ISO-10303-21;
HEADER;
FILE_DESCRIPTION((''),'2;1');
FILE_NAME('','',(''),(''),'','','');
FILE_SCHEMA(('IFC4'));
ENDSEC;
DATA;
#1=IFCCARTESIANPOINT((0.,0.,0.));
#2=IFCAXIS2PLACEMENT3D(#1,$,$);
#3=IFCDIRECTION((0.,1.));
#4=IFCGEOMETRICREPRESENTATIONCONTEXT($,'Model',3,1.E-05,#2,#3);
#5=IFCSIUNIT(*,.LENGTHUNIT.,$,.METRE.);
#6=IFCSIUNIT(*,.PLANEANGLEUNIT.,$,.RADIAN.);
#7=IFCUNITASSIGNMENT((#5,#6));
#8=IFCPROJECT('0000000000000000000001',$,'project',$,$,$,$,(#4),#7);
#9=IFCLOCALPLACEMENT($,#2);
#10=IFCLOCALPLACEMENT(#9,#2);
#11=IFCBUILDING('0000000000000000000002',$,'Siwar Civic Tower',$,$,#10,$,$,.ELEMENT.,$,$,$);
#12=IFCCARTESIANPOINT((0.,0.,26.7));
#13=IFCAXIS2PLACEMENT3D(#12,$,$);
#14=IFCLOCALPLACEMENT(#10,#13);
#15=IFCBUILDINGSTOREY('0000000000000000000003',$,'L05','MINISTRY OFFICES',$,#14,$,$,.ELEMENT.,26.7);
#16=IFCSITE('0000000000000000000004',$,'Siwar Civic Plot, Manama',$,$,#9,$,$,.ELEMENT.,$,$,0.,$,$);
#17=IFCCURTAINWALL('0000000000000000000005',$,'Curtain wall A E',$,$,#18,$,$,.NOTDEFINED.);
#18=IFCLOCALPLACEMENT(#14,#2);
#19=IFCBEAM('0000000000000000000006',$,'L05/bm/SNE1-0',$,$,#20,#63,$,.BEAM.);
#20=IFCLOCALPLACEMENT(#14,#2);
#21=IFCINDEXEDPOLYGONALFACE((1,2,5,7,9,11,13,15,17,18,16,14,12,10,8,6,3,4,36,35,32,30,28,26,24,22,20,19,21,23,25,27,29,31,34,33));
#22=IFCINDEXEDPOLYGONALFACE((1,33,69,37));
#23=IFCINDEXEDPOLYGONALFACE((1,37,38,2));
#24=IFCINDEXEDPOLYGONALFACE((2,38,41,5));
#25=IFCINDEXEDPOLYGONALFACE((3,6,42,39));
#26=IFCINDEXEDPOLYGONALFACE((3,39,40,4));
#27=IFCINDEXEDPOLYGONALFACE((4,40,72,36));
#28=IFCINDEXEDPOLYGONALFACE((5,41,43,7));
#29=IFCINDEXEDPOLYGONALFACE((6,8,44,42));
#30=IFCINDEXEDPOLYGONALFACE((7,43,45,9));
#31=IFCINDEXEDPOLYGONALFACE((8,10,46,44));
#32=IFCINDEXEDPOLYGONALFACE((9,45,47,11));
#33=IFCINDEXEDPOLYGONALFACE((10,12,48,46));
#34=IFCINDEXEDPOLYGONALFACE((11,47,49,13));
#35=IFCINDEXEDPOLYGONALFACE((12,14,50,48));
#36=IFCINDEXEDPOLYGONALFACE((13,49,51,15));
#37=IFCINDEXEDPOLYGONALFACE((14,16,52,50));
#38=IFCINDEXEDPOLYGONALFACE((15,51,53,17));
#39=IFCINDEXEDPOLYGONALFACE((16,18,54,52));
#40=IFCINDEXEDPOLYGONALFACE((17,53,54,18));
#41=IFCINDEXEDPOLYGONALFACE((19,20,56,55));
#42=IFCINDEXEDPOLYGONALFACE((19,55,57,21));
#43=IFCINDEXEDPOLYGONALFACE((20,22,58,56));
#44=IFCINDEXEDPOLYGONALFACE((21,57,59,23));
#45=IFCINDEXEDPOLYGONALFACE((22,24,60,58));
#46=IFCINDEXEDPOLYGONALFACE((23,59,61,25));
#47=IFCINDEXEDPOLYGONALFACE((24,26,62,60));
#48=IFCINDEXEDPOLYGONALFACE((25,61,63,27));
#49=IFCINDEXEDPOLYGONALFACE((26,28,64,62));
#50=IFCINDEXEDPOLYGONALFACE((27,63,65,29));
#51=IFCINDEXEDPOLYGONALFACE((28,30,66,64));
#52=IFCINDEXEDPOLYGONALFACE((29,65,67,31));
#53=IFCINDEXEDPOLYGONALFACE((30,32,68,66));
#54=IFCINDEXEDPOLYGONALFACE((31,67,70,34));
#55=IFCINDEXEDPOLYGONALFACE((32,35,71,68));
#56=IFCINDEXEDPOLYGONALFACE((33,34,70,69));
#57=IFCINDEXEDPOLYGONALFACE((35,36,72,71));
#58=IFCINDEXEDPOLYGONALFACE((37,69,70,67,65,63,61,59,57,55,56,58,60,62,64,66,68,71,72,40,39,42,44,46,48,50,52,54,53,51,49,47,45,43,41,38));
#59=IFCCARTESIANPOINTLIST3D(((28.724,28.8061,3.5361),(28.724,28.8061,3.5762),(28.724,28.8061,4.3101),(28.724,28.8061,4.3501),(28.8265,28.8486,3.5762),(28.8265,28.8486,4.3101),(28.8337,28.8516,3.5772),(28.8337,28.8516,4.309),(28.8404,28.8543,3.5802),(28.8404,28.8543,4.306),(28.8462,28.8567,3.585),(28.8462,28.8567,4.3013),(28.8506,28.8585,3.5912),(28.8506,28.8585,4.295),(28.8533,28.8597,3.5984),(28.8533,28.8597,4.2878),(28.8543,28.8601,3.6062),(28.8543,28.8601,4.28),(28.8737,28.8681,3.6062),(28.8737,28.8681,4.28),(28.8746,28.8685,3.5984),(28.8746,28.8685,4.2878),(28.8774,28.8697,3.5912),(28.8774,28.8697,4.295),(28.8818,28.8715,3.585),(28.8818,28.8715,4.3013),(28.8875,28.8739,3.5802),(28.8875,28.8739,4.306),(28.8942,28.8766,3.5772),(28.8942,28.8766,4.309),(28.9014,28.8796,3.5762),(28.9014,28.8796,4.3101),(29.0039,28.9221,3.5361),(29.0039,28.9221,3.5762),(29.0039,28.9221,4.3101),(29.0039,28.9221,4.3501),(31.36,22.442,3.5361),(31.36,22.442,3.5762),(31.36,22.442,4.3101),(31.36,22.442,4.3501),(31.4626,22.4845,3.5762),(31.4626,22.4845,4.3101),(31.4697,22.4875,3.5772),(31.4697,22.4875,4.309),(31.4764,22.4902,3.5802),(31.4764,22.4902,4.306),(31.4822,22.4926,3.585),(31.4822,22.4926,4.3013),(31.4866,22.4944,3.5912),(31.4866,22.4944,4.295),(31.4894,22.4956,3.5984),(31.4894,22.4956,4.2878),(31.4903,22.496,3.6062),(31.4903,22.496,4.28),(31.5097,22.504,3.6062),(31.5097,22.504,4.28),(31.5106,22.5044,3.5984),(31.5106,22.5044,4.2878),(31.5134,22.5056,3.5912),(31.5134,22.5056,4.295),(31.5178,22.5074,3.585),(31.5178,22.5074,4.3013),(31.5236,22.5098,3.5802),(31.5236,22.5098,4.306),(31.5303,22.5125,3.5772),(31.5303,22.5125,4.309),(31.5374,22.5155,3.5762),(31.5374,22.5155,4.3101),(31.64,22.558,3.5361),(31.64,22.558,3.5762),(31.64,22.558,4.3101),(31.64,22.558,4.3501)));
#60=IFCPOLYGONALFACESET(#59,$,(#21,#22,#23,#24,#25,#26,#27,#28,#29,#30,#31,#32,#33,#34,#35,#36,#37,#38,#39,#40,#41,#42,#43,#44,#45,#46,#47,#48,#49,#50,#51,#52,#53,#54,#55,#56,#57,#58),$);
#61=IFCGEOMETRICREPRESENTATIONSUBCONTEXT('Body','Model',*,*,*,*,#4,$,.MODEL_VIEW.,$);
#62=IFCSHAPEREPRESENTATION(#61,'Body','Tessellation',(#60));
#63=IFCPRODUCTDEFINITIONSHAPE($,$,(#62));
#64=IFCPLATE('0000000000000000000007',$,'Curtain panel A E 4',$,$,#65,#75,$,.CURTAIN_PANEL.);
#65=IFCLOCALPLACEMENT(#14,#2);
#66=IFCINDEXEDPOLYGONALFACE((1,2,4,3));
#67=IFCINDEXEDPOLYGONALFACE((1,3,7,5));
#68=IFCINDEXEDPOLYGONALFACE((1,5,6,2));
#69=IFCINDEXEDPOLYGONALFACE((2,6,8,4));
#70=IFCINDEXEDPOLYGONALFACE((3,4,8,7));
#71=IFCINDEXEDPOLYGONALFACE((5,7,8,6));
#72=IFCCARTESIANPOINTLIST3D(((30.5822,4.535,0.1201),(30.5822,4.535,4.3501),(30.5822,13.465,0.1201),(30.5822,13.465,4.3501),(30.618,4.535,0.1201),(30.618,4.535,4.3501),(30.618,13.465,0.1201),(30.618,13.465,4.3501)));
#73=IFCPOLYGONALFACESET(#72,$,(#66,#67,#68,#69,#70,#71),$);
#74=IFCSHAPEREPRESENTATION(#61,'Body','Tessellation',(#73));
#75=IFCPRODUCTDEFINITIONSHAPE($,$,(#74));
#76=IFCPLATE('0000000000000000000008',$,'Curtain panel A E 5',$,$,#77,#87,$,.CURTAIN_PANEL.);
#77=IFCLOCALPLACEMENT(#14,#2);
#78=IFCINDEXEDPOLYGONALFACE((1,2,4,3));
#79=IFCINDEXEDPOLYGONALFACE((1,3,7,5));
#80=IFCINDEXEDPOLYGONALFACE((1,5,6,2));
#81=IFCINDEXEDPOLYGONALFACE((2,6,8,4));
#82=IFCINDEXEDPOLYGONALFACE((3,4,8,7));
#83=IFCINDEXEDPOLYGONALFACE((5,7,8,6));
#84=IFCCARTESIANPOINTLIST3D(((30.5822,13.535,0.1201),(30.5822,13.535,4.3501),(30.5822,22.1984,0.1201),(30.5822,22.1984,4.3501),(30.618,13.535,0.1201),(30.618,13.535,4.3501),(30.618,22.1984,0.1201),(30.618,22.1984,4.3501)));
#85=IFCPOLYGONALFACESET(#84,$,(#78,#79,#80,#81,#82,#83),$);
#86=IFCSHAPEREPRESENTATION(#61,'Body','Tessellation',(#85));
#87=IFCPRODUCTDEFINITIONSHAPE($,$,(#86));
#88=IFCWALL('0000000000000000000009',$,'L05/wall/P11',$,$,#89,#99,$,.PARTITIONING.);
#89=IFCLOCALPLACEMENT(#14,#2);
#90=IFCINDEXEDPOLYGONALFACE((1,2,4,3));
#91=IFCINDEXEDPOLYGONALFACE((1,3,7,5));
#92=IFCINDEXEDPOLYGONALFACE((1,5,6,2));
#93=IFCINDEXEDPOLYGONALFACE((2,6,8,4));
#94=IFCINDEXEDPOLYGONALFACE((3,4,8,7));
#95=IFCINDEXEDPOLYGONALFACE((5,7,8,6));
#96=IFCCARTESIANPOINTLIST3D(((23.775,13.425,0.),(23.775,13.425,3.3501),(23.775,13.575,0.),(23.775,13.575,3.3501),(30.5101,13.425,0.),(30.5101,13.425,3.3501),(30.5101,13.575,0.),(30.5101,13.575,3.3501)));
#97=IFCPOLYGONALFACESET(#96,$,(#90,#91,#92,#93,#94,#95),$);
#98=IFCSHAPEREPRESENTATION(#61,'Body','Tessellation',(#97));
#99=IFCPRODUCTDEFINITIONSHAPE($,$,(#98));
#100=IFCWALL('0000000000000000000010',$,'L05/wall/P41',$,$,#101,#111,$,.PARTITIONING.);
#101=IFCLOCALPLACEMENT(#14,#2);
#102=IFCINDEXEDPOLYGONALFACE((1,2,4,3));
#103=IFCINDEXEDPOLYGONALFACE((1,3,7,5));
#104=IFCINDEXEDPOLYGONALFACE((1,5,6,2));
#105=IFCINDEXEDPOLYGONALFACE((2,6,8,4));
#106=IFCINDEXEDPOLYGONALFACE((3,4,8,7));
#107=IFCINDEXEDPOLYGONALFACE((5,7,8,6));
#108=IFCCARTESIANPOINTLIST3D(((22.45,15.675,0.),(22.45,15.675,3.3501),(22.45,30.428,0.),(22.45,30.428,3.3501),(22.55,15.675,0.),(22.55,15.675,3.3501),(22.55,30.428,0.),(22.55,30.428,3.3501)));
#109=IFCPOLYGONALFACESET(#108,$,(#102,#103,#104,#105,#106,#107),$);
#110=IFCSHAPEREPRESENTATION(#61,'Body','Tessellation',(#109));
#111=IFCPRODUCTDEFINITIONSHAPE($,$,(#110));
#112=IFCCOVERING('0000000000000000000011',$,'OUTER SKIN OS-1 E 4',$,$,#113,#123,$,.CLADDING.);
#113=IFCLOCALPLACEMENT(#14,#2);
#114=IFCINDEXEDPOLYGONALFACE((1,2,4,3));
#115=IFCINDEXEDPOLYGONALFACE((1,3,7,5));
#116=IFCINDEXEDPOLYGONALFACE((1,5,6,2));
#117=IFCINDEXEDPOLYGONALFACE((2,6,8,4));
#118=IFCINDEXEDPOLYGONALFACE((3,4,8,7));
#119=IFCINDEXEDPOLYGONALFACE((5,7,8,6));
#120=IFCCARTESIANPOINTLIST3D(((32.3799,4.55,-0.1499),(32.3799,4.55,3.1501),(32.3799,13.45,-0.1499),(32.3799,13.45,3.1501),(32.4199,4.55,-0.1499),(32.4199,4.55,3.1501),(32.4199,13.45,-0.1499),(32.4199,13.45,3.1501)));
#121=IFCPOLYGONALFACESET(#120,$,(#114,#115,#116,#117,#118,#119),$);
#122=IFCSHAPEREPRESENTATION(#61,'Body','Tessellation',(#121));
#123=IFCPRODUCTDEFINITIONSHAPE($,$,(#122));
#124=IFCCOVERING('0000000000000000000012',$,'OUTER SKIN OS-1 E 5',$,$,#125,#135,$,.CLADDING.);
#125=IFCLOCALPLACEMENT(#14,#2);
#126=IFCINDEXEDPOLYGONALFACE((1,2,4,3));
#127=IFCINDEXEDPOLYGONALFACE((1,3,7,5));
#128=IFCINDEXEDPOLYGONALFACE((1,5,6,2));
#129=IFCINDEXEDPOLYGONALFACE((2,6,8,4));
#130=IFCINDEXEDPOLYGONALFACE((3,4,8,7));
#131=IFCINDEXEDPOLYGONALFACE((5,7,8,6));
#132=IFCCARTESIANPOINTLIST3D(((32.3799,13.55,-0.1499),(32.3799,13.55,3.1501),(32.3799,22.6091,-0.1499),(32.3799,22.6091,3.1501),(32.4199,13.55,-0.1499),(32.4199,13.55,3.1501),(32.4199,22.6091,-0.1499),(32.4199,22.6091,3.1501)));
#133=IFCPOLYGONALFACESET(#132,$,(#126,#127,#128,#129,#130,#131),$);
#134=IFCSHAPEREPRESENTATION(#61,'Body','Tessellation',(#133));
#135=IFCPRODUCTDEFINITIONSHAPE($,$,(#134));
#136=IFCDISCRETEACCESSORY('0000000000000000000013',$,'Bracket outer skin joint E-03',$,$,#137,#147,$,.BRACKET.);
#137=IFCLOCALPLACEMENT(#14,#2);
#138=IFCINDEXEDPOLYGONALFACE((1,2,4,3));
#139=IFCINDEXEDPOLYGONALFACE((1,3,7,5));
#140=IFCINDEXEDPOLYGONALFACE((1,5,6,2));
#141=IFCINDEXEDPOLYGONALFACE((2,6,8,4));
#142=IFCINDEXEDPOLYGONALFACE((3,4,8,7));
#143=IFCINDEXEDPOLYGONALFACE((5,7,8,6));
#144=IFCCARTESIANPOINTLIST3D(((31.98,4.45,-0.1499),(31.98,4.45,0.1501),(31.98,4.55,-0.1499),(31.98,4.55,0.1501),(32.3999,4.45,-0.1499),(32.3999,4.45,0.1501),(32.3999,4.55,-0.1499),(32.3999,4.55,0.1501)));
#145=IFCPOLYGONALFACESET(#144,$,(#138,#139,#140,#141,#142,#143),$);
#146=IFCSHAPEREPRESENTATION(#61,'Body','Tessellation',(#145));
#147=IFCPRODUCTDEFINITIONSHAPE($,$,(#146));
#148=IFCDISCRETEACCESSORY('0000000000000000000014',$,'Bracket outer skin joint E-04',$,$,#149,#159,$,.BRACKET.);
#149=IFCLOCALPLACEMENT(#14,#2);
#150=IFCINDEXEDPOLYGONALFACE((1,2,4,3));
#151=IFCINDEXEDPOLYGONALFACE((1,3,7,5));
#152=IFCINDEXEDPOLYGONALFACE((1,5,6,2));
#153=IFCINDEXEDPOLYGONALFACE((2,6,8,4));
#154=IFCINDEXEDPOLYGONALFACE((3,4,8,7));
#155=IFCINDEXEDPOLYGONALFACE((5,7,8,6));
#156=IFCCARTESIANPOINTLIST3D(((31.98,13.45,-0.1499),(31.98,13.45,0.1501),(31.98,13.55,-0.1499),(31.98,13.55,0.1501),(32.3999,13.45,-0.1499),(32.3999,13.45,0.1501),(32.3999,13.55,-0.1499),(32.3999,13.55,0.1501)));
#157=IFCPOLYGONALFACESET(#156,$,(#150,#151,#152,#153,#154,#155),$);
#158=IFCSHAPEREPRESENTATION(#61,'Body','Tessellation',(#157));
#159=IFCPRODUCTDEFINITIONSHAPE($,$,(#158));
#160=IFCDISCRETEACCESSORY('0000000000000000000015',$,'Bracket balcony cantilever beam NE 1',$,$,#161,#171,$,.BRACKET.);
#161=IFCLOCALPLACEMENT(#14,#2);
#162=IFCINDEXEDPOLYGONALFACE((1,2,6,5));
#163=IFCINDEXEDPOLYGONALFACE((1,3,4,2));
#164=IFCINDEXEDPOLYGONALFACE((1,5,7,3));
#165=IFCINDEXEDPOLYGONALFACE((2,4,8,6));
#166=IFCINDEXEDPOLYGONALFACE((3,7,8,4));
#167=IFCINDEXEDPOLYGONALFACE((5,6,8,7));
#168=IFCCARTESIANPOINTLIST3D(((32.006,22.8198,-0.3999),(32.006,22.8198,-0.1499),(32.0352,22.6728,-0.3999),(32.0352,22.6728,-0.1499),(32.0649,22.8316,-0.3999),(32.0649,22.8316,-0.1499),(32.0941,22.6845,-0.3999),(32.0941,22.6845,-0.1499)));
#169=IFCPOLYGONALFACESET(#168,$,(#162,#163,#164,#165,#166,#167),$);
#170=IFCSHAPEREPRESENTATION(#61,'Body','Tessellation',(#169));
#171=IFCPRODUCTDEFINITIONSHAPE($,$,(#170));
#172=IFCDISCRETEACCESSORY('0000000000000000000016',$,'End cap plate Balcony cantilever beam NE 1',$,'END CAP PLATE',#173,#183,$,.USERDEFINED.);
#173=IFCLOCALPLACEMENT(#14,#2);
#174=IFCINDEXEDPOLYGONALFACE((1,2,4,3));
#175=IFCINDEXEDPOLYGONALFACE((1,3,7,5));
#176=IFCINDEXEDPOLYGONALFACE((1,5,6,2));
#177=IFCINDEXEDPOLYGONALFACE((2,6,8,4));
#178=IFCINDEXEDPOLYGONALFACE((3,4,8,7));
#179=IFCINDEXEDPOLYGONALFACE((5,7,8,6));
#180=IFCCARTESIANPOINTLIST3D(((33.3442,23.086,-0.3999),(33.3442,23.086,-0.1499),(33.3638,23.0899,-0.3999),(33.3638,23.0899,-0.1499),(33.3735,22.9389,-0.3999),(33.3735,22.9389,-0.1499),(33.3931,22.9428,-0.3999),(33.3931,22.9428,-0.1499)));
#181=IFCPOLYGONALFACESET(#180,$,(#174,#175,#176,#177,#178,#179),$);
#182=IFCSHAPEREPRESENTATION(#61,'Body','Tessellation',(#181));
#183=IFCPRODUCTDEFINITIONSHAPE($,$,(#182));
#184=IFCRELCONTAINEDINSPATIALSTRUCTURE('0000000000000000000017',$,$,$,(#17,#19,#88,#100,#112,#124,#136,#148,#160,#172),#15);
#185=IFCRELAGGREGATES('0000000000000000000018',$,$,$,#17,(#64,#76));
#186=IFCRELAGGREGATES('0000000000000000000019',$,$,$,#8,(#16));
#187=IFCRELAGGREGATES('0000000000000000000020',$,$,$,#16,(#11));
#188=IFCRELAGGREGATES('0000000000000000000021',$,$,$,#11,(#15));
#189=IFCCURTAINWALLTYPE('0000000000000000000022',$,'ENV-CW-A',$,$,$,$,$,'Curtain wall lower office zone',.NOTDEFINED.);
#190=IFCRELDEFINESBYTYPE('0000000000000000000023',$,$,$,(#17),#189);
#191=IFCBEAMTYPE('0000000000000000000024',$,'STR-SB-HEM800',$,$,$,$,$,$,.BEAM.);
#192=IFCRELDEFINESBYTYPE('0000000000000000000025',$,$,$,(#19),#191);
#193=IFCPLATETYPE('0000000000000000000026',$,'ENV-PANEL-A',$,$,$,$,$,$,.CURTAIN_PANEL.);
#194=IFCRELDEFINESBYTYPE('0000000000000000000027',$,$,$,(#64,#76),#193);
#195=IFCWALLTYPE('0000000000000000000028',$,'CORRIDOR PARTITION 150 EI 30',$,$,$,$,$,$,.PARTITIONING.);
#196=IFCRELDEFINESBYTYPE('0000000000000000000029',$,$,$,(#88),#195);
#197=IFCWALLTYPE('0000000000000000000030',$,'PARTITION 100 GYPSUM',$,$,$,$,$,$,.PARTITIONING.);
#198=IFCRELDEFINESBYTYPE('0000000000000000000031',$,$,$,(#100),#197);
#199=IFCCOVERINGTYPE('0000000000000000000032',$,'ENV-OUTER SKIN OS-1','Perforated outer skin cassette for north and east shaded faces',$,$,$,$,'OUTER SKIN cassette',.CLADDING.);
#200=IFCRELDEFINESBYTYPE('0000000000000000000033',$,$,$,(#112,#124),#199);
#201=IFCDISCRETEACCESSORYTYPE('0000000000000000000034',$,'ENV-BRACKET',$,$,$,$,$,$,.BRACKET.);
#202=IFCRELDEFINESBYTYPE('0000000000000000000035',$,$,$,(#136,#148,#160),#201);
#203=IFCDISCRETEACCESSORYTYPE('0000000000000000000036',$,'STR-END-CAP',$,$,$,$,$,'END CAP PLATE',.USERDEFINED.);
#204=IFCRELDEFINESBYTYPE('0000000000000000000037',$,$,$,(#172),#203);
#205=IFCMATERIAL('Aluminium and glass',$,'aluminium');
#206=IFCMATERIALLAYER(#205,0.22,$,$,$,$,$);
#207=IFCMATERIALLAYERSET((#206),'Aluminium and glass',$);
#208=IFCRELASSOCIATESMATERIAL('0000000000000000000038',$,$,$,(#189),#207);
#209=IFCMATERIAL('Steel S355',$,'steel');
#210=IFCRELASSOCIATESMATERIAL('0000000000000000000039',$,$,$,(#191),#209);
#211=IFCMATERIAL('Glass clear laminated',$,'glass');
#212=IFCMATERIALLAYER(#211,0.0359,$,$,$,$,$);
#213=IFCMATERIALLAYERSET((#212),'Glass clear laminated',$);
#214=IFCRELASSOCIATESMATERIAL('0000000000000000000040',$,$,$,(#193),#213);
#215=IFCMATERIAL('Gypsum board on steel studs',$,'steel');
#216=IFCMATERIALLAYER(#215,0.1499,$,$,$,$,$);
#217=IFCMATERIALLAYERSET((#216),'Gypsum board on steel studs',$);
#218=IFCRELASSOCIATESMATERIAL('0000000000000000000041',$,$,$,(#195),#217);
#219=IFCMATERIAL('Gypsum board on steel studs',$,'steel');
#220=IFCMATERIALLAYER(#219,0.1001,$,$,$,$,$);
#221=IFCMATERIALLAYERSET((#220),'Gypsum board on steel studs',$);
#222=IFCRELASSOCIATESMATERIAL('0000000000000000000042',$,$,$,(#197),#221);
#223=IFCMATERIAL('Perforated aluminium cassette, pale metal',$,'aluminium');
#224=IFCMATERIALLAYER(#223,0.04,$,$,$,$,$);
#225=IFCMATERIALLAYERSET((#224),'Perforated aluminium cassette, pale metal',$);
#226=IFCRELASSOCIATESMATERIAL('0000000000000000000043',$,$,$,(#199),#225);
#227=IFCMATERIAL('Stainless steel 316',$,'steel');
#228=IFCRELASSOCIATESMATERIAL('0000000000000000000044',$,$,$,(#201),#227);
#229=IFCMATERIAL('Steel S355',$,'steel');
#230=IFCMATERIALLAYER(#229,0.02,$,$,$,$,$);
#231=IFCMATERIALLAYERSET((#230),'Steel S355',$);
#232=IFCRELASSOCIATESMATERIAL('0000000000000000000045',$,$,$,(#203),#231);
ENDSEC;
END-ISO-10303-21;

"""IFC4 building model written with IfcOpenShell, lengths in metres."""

from ifc_helpers import new_model, si_unit, direction, frame, frame_2d, origin, origin_2d, place, context, subcontext, project, spatial, rectangle, i_section, extrude, material, layer, layer_set, material_profile, profile_set, type_object, element, aggregate, save


model = new_model("IFC4")

# Units and contexts
model_context = context("Model", 3, precision=1e-05, world=origin(), true_north=direction((0.0, 1.0)))
body_context = subcontext(model_context, "Body", "Model", "MODEL_VIEW")
ifc_project = project(units=[si_unit("LENGTHUNIT", "METRE"), si_unit("PLANEANGLEUNIT", "RADIAN")], contexts=[model_context])

# Site, building, storey
site_placement = place(None, origin())
site = spatial("IfcSite", under=ifc_project, at=site_placement, Name="Siwar Civic Plot, Manama", CompositionType="ELEMENT", RefElevation=0.0)
building_placement = place(site_placement, origin())
building = spatial("IfcBuilding", under=site, at=building_placement, Name="Siwar Civic Tower", CompositionType="ELEMENT")
storey_placement = place(building_placement, frame((0.0, 0.0, 26.7)))
storey = spatial("IfcBuildingStorey", under=building, at=storey_placement, Name="L05", Description="MINISTRY OFFICES", CompositionType="ELEMENT", Elevation=26.7)

# Curtain wall
ifc_material_1 = material(Name="Aluminium and glass", Category="aluminium")
ifc_layer_1 = layer(ifc_material_1, 0.22)
ifc_layer_set_1 = layer_set([ifc_layer_1], Name="Aluminium and glass")
curtain_wall_type_1 = type_object("IfcCurtainWallType", Name="ENV-CW-A", ElementType="Curtain wall lower office zone", PredefinedType="NOTDEFINED", material=ifc_layer_set_1)
curtain_wall_1_placement = place(storey_placement, origin())
curtain_wall_1 = element("IfcCurtainWall", 1, at=curtain_wall_1_placement, inside=storey, type_object=curtain_wall_type_1, Name="Curtain wall A E", PredefinedType="NOTDEFINED")

# Beam
ifc_material_2 = material(Name="Steel S355", Category="steel")
ifc_material_profile_1 = material_profile(ifc_material_2, i_section(OverallWidth=0.303, OverallDepth=0.814, WebThickness=0.021, FlangeThickness=0.04, FilletRadius=0.03, at=origin_2d()), Name="HEM800")
ifc_profile_set_1 = profile_set([ifc_material_profile_1], Name="Steel S355")
beam_type_1 = type_object("IfcBeamType", Name="STR-SB-HEM800", PredefinedType="BEAM", material=ifc_profile_set_1)
beam_1_placement = place(storey_placement, frame((31.5, 22.5, 3.9431), z_axis=(-0.382674, 0.923883, 0.0), x_axis=(-0.923883, -0.382674, 0.0)))
element("IfcBeam", 2, at=beam_1_placement, inside=storey, type_object=beam_type_1, Name="L05/bm/SNE1-0", PredefinedType="BEAM", context=body_context, shape_type="SweptSolid", body=[
    extrude(i_section(OverallWidth=0.303, OverallDepth=0.814, WebThickness=0.021, FlangeThickness=0.04, FilletRadius=0.03, at=origin_2d()), origin(), (0.0, 0.0, 1.0), 6.8884),
])

# Plates
ifc_material_3 = material(Name="Glass clear laminated", Category="glass")
ifc_layer_2 = layer(ifc_material_3, 0.0359)
ifc_layer_set_2 = layer_set([ifc_layer_2], Name="Glass clear laminated")
plate_type = type_object("IfcPlateType", Name="ENV-PANEL-A", PredefinedType="CURTAIN_PANEL", material=ifc_layer_set_2)
plate_1_placement = place(storey_placement, frame((30.6001, 9.0, 0.1201), z_axis=(0.0, 0.0, 1.0), x_axis=(0.0, 1.0, 0.0)))
plate_1 = element("IfcPlate", 3, at=plate_1_placement, type_object=plate_type, Name="Curtain panel A E 4", PredefinedType="CURTAIN_PANEL", context=body_context, shape_type="SweptSolid", body=[
    extrude(rectangle(XDim=8.9299, YDim=0.0359, at=origin_2d()), origin(), (0.0, 0.0, 1.0), 4.23),
])
plate_2_placement = place(storey_placement, frame((30.6001, 17.8667, 0.1201), z_axis=(0.0, 0.0, 1.0), x_axis=(0.0, 1.0, 0.0)))
plate_2 = element("IfcPlate", 4, at=plate_2_placement, type_object=plate_type, Name="Curtain panel A E 5", PredefinedType="CURTAIN_PANEL", context=body_context, shape_type="SweptSolid", body=[
    extrude(rectangle(XDim=8.6633, YDim=0.0359, at=origin_2d()), origin(), (0.0, 0.0, 1.0), 4.23),
])
aggregate(curtain_wall_1, [plate_1, plate_2])

# Walls
ifc_material_4 = material(Name="Gypsum board on steel studs", Category="steel")
ifc_layer_3 = layer(ifc_material_4, 0.1499)
ifc_layer_set_3 = layer_set([ifc_layer_3], Name="Gypsum board on steel studs")
wall_type_1 = type_object("IfcWallType", Name="CORRIDOR PARTITION 150 EI 30", PredefinedType="PARTITIONING", material=ifc_layer_set_3)
wall_1_placement = place(storey_placement, frame((23.7749, 13.5, 0.0), z_axis=(0.0, 0.0, 1.0), x_axis=(1.0, 0.0, 0.0)))
element("IfcWall", 5, at=wall_1_placement, inside=storey, type_object=wall_type_1, Name="L05/wall/P11", PredefinedType="PARTITIONING", context=body_context, shape_type="SweptSolid", body=[
    extrude(rectangle(XDim=6.7351, YDim=0.1499, at=frame_2d((3.3677, 0.0))), origin(), (0.0, 0.0, 1.0), 3.3501),
])
ifc_material_5 = material(Name="Gypsum board on steel studs", Category="steel")
ifc_layer_4 = layer(ifc_material_5, 0.1001)
ifc_layer_set_4 = layer_set([ifc_layer_4], Name="Gypsum board on steel studs")
wall_type_2 = type_object("IfcWallType", Name="PARTITION 100 GYPSUM", PredefinedType="PARTITIONING", material=ifc_layer_set_4)
wall_2_placement = place(storey_placement, frame((22.5, 15.675, 0.0), z_axis=(0.0, 0.0, 1.0), x_axis=(0.0, 1.0, 0.0)))
element("IfcWall", 6, at=wall_2_placement, inside=storey, type_object=wall_type_2, Name="L05/wall/P41", PredefinedType="PARTITIONING", context=body_context, shape_type="SweptSolid", body=[
    extrude(rectangle(XDim=14.7529, YDim=0.1001, at=frame_2d((7.3765, 0.0))), origin(), (0.0, 0.0, 1.0), 3.3501),
])

# Coverings
ifc_material_6 = material(Name="Perforated aluminium cassette, pale metal", Category="aluminium")
ifc_layer_5 = layer(ifc_material_6, 0.04)
ifc_layer_set_5 = layer_set([ifc_layer_5], Name="Perforated aluminium cassette, pale metal")
covering_type = type_object("IfcCoveringType", Name="ENV-OUTER SKIN OS-1", Description="Perforated outer skin cassette for north and east shaded faces", ElementType="OUTER SKIN cassette", PredefinedType="CLADDING", material=ifc_layer_set_5)
covering_1_placement = place(storey_placement, frame((32.3999, 9.0, -0.1499), z_axis=(0.0, 0.0, 1.0), x_axis=(0.0, 1.0, 0.0)))
element("IfcCovering", 7, at=covering_1_placement, inside=storey, type_object=covering_type, Name="OUTER SKIN OS-1 E 4", PredefinedType="CLADDING", context=body_context, shape_type="SweptSolid", body=[
    extrude(rectangle(XDim=8.8999, YDim=0.04, at=origin_2d()), origin(), (0.0, 0.0, 1.0), 3.3),
])
covering_2_placement = place(storey_placement, frame((32.3999, 18.0796, -0.1499), z_axis=(0.0, 0.0, 1.0), x_axis=(0.0, 1.0, 0.0)))
element("IfcCovering", 8, at=covering_2_placement, inside=storey, type_object=covering_type, Name="OUTER SKIN OS-1 E 5", PredefinedType="CLADDING", context=body_context, shape_type="SweptSolid", body=[
    extrude(rectangle(XDim=9.0591, YDim=0.04, at=origin_2d()), origin(), (0.0, 0.0, 1.0), 3.3),
])

# Discrete accessories
ifc_material_7 = material(Name="Stainless steel 316", Category="steel")
discrete_accessory_type_1 = type_object("IfcDiscreteAccessoryType", Name="ENV-BRACKET", PredefinedType="BRACKET", material=ifc_material_7)
for number, where, z_axis, x_axis, name in (
    (9, (32.1899, 4.5, -0.1499), (0.0, 0.0, 1.0), (1.0, 0.0, 0.0), "Bracket outer skin joint E-03"),
    (10, (32.1899, 13.5, -0.1499), (0.0, 0.0, 1.0), (1.0, 0.0, 0.0), "Bracket outer skin joint E-04"),
):
    element("IfcDiscreteAccessory", number, at=place(storey_placement, frame(where, z_axis=z_axis, x_axis=x_axis)), inside=storey, type_object=discrete_accessory_type_1, Name=name, PredefinedType="BRACKET", context=body_context, shape_type="SweptSolid", body=[
        extrude(rectangle(XDim=0.4199, YDim=0.1001, at=origin_2d()), origin(), (0.0, 0.0, 1.0), 0.3),
    ])
discrete_accessory_1_placement = place(storey_placement, frame((32.05, 22.7522, -0.3999), z_axis=(0.0, 0.0, 1.0), x_axis=(0.980785, 0.19509, 0.0)))
element("IfcDiscreteAccessory", 11, at=discrete_accessory_1_placement, inside=storey, type_object=discrete_accessory_type_1, Name="Bracket balcony cantilever beam NE 1", PredefinedType="BRACKET", context=body_context, shape_type="SweptSolid", body=[
    extrude(rectangle(XDim=0.0601, YDim=0.1499, at=origin_2d()), origin(), (0.0, 0.0, 1.0), 0.25),
])
ifc_material_8 = material(Name="Steel S355", Category="steel")
ifc_layer_6 = layer(ifc_material_8, 0.02)
ifc_layer_set_6 = layer_set([ifc_layer_6], Name="Steel S355")
discrete_accessory_type_2 = type_object("IfcDiscreteAccessoryType", Name="STR-END-CAP", ElementType="END CAP PLATE", PredefinedType="USERDEFINED", material=ifc_layer_set_6)
discrete_accessory_2_placement = place(storey_placement, frame((33.3687, 23.0144, -0.3999), z_axis=(0.0, 0.0, 1.0), x_axis=(0.980785, 0.19509, 0.0)))
element("IfcDiscreteAccessory", 12, at=discrete_accessory_2_placement, inside=storey, type_object=discrete_accessory_type_2, Name="End cap plate Balcony cantilever beam NE 1", ObjectType="END CAP PLATE", PredefinedType="USERDEFINED", context=body_context, shape_type="SweptSolid", body=[
    extrude(rectangle(XDim=0.02, YDim=0.1499, at=origin_2d()), origin(), (0.0, 0.0, 1.0), 0.25),
])

save(model, "model.ifc")
